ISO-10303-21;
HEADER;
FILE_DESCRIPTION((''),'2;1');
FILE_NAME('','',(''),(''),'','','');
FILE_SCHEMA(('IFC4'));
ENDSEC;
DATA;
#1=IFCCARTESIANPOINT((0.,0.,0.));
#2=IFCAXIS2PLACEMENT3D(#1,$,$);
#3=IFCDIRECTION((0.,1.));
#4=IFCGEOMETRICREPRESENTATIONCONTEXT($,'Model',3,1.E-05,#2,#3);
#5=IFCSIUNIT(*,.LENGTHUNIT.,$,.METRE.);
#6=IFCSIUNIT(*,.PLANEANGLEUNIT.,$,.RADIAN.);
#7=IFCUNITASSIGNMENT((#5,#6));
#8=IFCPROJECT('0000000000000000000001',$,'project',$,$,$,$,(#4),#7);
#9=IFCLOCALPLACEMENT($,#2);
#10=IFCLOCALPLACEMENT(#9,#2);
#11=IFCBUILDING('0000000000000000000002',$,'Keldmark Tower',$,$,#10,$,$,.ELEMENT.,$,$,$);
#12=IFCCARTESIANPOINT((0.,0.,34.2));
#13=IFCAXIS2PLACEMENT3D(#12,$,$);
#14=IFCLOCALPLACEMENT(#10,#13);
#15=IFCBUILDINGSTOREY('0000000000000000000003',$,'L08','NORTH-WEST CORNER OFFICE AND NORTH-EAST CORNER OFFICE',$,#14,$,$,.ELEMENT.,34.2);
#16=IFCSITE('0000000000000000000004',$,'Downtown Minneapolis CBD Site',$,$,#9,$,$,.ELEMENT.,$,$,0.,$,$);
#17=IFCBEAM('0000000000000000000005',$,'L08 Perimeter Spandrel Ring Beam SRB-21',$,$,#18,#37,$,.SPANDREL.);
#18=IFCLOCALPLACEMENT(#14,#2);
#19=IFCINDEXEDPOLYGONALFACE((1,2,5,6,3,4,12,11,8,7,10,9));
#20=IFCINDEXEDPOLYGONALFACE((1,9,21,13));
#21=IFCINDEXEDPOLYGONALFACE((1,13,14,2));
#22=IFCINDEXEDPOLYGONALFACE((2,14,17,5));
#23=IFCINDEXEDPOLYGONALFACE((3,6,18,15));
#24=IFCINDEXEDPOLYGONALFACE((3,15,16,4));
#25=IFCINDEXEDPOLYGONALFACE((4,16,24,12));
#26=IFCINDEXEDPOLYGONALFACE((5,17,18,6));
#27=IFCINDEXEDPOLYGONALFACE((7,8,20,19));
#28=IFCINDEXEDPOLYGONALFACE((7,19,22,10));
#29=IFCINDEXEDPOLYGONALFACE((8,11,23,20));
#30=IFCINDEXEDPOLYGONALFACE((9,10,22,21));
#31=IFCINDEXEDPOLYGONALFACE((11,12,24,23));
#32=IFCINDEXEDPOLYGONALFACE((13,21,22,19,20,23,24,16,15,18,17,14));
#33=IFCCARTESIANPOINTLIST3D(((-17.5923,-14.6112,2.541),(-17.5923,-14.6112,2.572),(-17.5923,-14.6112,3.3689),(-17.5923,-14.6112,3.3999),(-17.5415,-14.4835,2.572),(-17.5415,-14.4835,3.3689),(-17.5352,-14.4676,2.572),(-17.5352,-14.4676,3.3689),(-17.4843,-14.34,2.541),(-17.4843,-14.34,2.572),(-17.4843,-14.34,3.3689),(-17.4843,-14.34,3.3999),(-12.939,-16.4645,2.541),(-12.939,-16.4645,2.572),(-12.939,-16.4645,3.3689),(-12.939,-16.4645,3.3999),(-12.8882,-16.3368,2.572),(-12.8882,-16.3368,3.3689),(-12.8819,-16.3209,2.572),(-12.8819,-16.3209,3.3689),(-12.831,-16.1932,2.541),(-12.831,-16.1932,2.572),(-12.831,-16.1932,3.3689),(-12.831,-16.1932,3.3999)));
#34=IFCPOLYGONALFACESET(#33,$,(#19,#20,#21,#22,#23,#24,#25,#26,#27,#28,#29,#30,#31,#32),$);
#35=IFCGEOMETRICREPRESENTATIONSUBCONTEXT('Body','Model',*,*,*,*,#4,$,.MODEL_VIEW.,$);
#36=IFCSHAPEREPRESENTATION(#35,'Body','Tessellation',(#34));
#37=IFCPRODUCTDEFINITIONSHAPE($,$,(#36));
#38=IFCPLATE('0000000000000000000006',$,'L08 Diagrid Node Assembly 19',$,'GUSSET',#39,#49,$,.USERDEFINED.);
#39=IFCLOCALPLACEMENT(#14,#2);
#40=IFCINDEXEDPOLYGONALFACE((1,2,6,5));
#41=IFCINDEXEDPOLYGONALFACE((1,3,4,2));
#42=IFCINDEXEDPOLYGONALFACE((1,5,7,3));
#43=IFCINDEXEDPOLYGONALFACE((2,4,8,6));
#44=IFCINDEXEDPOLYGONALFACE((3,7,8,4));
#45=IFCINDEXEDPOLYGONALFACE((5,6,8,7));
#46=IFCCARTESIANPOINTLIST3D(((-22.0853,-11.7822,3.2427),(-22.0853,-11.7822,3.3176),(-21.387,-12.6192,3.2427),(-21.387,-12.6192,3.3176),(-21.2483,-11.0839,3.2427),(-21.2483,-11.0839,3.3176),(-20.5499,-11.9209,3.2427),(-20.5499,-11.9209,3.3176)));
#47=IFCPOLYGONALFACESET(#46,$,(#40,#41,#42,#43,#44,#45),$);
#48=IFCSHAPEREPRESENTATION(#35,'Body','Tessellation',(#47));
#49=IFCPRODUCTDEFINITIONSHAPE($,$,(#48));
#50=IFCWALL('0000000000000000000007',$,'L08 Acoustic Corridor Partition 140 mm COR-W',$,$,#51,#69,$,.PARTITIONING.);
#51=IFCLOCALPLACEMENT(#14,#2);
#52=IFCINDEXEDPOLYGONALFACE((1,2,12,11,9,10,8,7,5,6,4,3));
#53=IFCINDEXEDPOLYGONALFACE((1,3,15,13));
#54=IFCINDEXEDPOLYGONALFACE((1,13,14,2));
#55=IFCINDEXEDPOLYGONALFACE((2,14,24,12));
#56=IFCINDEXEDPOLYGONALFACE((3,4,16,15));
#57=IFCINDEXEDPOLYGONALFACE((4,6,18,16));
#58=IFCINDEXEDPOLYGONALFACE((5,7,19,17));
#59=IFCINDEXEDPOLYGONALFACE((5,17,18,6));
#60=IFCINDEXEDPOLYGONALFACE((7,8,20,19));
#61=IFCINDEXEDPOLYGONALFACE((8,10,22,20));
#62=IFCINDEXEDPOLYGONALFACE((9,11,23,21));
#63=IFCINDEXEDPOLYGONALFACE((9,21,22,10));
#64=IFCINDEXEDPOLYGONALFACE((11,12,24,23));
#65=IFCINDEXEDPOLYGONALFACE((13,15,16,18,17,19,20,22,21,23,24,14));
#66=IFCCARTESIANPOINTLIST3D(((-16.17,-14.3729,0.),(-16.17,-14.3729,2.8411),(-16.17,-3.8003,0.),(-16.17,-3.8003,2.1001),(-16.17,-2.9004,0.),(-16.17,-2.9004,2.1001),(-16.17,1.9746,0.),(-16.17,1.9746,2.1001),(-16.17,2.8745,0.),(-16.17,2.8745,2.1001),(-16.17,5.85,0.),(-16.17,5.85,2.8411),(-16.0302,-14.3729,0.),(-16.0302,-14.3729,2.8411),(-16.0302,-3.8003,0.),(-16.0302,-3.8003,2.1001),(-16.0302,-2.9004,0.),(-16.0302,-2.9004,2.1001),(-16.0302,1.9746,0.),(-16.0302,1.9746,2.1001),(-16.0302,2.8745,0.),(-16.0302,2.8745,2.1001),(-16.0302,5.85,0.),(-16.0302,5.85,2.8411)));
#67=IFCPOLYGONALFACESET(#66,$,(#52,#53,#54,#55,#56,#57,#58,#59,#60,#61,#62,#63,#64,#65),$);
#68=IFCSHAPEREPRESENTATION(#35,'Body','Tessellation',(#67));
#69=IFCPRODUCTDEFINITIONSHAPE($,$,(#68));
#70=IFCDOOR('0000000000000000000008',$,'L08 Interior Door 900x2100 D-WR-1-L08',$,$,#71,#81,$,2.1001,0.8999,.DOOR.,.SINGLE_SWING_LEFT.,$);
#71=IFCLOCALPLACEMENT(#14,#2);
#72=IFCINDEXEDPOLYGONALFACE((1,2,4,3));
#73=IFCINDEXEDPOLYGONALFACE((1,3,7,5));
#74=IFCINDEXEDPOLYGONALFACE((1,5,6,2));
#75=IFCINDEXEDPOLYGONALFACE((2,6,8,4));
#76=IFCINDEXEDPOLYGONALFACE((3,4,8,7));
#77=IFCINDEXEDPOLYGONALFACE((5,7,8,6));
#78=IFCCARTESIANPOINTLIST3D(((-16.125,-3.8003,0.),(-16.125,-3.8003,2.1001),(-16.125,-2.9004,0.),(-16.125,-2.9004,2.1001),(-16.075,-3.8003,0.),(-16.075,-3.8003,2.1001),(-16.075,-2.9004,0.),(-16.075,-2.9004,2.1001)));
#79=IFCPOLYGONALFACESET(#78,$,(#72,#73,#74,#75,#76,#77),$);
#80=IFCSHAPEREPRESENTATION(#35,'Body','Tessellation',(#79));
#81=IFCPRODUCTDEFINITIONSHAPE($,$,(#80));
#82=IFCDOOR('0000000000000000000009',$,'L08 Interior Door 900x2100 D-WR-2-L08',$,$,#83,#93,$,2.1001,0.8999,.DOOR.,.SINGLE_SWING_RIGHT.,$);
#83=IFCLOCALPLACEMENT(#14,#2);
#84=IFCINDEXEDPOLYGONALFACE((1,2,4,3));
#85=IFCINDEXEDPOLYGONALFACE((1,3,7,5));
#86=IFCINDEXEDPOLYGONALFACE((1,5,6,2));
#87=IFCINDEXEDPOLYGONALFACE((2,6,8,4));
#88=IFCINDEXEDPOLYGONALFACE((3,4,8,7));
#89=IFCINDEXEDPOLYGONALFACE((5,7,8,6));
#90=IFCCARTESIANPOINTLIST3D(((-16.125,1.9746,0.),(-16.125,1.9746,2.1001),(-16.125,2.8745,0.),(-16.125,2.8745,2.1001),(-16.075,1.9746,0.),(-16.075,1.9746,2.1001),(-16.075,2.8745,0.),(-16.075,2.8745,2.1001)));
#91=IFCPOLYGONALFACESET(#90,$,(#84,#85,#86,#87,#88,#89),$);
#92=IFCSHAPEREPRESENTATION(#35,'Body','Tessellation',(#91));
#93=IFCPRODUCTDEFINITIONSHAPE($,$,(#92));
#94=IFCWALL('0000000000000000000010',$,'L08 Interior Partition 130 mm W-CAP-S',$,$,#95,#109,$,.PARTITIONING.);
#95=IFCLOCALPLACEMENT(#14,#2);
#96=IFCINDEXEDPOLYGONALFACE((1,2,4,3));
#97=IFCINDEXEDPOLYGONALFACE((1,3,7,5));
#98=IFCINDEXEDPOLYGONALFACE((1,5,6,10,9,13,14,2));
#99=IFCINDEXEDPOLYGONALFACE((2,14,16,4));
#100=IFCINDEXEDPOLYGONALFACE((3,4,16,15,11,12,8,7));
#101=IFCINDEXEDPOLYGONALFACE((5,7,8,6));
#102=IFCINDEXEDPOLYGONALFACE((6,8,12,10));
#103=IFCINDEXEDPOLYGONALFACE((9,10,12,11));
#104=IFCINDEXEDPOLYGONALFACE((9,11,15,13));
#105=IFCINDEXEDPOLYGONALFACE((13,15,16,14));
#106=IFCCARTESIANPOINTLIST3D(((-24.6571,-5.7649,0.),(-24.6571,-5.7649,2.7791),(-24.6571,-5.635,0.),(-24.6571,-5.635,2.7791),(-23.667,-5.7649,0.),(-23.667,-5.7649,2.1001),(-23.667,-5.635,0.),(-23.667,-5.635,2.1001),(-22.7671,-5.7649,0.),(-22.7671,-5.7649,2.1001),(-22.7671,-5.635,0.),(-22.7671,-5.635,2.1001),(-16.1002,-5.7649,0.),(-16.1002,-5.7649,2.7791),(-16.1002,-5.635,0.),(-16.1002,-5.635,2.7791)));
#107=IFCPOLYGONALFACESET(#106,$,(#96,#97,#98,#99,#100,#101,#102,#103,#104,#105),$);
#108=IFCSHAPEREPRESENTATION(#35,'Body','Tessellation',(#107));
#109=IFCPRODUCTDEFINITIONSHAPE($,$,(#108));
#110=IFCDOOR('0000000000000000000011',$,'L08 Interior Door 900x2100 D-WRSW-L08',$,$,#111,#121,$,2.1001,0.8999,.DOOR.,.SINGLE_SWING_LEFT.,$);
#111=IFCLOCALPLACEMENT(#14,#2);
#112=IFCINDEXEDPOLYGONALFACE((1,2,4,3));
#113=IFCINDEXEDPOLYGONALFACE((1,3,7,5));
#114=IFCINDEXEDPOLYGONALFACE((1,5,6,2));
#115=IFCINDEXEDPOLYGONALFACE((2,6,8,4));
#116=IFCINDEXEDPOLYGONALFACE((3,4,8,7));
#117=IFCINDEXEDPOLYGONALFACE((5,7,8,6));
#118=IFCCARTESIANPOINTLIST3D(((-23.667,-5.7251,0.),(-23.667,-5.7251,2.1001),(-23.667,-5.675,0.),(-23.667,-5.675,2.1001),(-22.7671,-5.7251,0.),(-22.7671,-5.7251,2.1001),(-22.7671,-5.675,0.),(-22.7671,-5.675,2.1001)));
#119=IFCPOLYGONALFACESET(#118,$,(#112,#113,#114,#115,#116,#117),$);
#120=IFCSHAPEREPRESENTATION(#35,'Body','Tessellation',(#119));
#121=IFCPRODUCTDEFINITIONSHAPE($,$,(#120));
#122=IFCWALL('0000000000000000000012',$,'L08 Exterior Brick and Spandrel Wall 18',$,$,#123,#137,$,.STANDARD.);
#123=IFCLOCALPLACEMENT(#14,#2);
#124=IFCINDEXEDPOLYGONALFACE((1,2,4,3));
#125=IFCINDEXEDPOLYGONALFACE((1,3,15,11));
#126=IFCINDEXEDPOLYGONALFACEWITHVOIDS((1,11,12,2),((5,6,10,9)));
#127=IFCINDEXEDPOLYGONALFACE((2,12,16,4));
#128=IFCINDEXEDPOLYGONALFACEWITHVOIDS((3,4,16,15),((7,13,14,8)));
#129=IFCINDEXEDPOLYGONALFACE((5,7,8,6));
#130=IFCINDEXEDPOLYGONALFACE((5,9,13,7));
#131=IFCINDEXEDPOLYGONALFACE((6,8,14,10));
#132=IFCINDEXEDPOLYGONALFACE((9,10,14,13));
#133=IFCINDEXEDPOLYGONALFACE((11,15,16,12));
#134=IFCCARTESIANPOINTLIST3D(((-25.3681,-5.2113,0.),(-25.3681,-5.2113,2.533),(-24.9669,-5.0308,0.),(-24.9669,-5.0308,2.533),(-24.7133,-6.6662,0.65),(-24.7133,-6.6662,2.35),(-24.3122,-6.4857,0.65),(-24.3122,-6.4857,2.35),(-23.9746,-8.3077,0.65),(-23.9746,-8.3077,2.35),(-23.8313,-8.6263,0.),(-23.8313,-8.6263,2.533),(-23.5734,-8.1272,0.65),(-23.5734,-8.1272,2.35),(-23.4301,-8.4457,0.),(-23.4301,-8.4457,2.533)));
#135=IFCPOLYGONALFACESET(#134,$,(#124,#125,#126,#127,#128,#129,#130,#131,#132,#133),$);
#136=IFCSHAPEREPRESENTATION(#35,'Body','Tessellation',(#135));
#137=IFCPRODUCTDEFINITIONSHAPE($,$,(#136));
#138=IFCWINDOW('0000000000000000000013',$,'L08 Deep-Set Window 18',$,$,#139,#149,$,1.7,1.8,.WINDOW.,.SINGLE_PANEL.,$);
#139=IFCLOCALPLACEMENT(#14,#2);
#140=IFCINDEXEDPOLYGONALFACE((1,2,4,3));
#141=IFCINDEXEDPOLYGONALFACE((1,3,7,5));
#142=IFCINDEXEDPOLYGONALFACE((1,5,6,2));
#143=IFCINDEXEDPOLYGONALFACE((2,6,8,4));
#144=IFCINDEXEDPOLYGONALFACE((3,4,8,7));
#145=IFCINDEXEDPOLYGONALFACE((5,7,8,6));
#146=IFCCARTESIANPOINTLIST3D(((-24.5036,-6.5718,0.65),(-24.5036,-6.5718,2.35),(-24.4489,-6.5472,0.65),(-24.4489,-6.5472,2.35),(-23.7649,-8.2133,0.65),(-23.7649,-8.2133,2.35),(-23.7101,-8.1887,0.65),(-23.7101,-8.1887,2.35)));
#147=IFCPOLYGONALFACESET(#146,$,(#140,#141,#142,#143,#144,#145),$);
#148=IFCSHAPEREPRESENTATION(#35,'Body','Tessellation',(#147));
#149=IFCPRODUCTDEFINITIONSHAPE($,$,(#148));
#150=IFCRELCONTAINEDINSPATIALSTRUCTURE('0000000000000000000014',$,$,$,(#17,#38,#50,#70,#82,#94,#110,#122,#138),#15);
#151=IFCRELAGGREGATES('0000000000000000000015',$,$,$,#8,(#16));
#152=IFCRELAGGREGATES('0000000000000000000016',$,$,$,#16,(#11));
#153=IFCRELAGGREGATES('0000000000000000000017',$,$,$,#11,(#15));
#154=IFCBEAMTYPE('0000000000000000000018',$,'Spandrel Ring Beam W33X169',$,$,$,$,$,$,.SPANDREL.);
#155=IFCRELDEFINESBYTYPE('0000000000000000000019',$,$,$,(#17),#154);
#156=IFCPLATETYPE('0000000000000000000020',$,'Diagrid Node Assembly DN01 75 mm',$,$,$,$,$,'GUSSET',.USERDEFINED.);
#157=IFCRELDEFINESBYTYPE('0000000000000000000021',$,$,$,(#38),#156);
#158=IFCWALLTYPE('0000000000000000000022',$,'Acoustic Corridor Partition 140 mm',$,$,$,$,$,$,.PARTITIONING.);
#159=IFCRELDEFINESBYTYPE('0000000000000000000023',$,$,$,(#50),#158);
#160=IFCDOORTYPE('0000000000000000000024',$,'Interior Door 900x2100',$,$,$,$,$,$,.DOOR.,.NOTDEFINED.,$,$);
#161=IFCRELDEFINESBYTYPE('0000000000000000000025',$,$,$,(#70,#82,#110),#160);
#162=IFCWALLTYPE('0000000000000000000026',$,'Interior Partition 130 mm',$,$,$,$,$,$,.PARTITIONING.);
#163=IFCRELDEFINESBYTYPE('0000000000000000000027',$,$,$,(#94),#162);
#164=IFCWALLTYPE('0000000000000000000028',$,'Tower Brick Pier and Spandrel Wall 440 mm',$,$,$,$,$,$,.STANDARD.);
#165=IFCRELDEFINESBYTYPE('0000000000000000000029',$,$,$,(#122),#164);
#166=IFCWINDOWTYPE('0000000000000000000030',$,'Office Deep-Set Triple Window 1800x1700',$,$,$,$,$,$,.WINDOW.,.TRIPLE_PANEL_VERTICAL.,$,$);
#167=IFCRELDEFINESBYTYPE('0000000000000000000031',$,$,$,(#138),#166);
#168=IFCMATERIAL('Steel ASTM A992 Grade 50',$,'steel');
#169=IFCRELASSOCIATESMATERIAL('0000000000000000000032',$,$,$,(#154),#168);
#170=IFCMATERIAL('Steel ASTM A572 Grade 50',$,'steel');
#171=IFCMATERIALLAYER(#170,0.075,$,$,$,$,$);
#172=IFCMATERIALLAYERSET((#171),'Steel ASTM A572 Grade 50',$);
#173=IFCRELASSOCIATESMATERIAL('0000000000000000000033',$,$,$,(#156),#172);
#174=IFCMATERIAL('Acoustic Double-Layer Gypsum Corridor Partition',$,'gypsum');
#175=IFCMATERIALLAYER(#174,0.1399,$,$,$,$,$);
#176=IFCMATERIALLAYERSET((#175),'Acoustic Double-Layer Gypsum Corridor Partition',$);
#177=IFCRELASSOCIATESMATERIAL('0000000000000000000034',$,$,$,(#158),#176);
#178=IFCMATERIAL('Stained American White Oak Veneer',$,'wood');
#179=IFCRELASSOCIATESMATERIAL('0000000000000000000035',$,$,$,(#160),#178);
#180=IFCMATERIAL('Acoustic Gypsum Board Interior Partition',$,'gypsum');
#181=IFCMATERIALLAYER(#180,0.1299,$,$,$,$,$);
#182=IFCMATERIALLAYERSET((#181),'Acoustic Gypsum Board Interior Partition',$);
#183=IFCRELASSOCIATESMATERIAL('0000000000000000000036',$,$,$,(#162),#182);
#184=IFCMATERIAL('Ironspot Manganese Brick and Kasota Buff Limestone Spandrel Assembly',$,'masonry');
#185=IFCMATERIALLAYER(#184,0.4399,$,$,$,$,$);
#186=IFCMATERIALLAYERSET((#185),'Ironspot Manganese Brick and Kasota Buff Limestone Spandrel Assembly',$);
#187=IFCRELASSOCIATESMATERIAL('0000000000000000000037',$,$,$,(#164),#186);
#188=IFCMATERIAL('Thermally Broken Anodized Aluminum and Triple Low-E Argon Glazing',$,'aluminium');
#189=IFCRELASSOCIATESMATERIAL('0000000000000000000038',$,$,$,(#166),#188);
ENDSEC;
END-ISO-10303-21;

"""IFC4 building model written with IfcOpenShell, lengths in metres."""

from ifc_helpers import new_model, si_unit, direction, frame, frame_2d, origin, origin_2d, place, context, subcontext, project, spatial, rectangle, i_section, extrude, material, layer, layer_set, material_profile, profile_set, type_object, element, fill, save


model = new_model("IFC4")

# Units and contexts
model_context = context("Model", 3, precision=1e-05, world=origin(), true_north=direction((0.0, 1.0)))
body_context = subcontext(model_context, "Body", "Model", "MODEL_VIEW")
ifc_project = project(units=[si_unit("LENGTHUNIT", "METRE"), si_unit("PLANEANGLEUNIT", "RADIAN")], contexts=[model_context])

# Site, building, storey
site_placement = place(None, origin())
site = spatial("IfcSite", under=ifc_project, at=site_placement, Name="Downtown Minneapolis CBD Site", CompositionType="ELEMENT", RefElevation=0.0)
building_placement = place(site_placement, origin())
building = spatial("IfcBuilding", under=site, at=building_placement, Name="Keldmark Tower", CompositionType="ELEMENT")
storey_placement = place(building_placement, frame((0.0, 0.0, 34.2)))
storey = spatial("IfcBuildingStorey", under=building, at=storey_placement, Name="L08", Description="NORTH-WEST CORNER OFFICE AND NORTH-EAST CORNER OFFICE", CompositionType="ELEMENT", Elevation=34.2)

# Beam
ifc_material_1 = material(Name="Steel ASTM A992 Grade 50", Category="steel")
ifc_material_profile_1 = material_profile(ifc_material_1, i_section(OverallWidth=0.292, OverallDepth=0.8589, WebThickness=0.0171, FlangeThickness=0.031, at=origin_2d()), Name="W33X169")
ifc_profile_set_1 = profile_set([ifc_material_profile_1], Name="Steel ASTM A992 Grade 50")
beam_type_1 = type_object("IfcBeamType", Name="Spandrel Ring Beam W33X169", PredefinedType="SPANDREL", material=ifc_profile_set_1)
beam_1_placement = place(storey_placement, frame((-17.5383, -14.4756, 2.9705), z_axis=(0.92903, -0.370004, 0.0), x_axis=(0.370004, 0.92903, 0.0)))
element("IfcBeam", 1, at=beam_1_placement, inside=storey, type_object=beam_type_1, Name="L08 Perimeter Spandrel Ring Beam SRB-21", PredefinedType="SPANDREL", context=body_context, shape_type="SweptSolid", body=[
    extrude(i_section(OverallWidth=0.292, OverallDepth=0.8589, WebThickness=0.0171, FlangeThickness=0.031, at=origin_2d()), origin(), (0.0, 0.0, 1.0), 5.0088),
])

# Plate
ifc_material_2 = material(Name="Steel ASTM A572 Grade 50", Category="steel")
ifc_layer_1 = layer(ifc_material_2, 0.075)
ifc_layer_set_1 = layer_set([ifc_layer_1], Name="Steel ASTM A572 Grade 50")
plate_type = type_object("IfcPlateType", Name="Diagrid Node Assembly DN01 75 mm", ElementType="GUSSET", PredefinedType="USERDEFINED", material=ifc_layer_set_1)
plate_placement = place(storey_placement, frame((-21.3176, -11.8516, 3.2427), z_axis=(0.0, 0.0, 1.0), x_axis=(0.640646, -0.767836, 0.0)))
element("IfcPlate", 2, at=plate_placement, inside=storey, type_object=plate_type, Name="L08 Diagrid Node Assembly 19", ObjectType="GUSSET", PredefinedType="USERDEFINED", context=body_context, shape_type="SweptSolid", body=[
    extrude(rectangle(XDim=1.0901, YDim=1.0901, at=origin_2d()), origin(), (0.0, 0.0, 1.0), 0.075),
])

# Wall, openings, doors
ifc_material_3 = material(Name="Acoustic Double-Layer Gypsum Corridor Partition", Category="gypsum")
ifc_layer_2 = layer(ifc_material_3, 0.1399)
ifc_layer_set_2 = layer_set([ifc_layer_2], Name="Acoustic Double-Layer Gypsum Corridor Partition")
wall_type_1 = type_object("IfcWallType", Name="Acoustic Corridor Partition 140 mm", PredefinedType="PARTITIONING", material=ifc_layer_set_2)
wall_1_placement = place(storey_placement, frame((-16.1001, -14.3728, 0.0), z_axis=(0.0, 0.0, 1.0), x_axis=(0.0, 1.0, 0.0)))
wall_1 = element("IfcWall", 3, at=wall_1_placement, inside=storey, type_object=wall_type_1, Name="L08 Acoustic Corridor Partition 140 mm COR-W", PredefinedType="PARTITIONING", context=body_context, shape_type="SweptSolid", body=[
    extrude(rectangle(XDim=20.2229, YDim=0.1399, at=frame_2d((10.1113, 0.0))), origin(), (0.0, 0.0, 1.0), 2.8411),
])
opening_1_placement = place(wall_1_placement, frame((10.5725, 0.0, 0.0)))
opening_1 = element("IfcOpeningElement", 4, at=opening_1_placement, cuts=wall_1, PredefinedType="OPENING", context=body_context, shape_type="SweptSolid", body=[
    extrude(rectangle(XDim=0.8999, YDim=2.1001, at=frame_2d((0.45, 1.05))), frame((0.0, 0.0798, 0.0), z_axis=(0.0, -1.0, 0.0), x_axis=(1.0, 0.0, 0.0)), (0.0, 0.0, 1.0), 0.1599),
])
opening_2_placement = place(wall_1_placement, frame((16.3474, 0.0, 0.0)))
opening_2 = element("IfcOpeningElement", 5, at=opening_2_placement, cuts=wall_1, PredefinedType="OPENING", context=body_context, shape_type="SweptSolid", body=[
    extrude(rectangle(XDim=0.8999, YDim=2.1001, at=frame_2d((0.45, 1.05))), frame((0.0, 0.0798, 0.0), z_axis=(0.0, -1.0, 0.0), x_axis=(1.0, 0.0, 0.0)), (0.0, 0.0, 1.0), 0.1599),
])
ifc_material_4 = material(Name="Stained American White Oak Veneer", Category="wood")
door_type = type_object("IfcDoorType", Name="Interior Door 900x2100", OperationType="NOTDEFINED", PredefinedType="DOOR", material=ifc_material_4)
door_1_placement = place(opening_1_placement, origin())
door_1 = element("IfcDoor", 6, at=door_1_placement, inside=storey, type_object=door_type, Name="L08 Interior Door 900x2100 D-WR-1-L08", OperationType="SINGLE_SWING_LEFT", OverallHeight=2.1001, OverallWidth=0.8999, PredefinedType="DOOR", context=body_context, shape_type="SweptSolid", body=[
    extrude(rectangle(XDim=0.8999, YDim=2.1001, at=frame_2d((0.45, 1.05))), frame((0.0, 0.0249, 0.0), z_axis=(0.0, -1.0, 0.0), x_axis=(1.0, 0.0, 0.0)), (0.0, 0.0, 1.0), 0.05),
])
fill(opening_1, door_1)
door_2_placement = place(opening_2_placement, origin())
door_2 = element("IfcDoor", 7, at=door_2_placement, inside=storey, type_object=door_type, Name="L08 Interior Door 900x2100 D-WR-2-L08", OperationType="SINGLE_SWING_RIGHT", OverallHeight=2.1001, OverallWidth=0.8999, PredefinedType="DOOR", context=body_context, shape_type="SweptSolid", body=[
    extrude(rectangle(XDim=0.8999, YDim=2.1001, at=frame_2d((0.45, 1.05))), frame((0.0, 0.0249, 0.0), z_axis=(0.0, -1.0, 0.0), x_axis=(1.0, 0.0, 0.0)), (0.0, 0.0, 1.0), 0.05),
])
fill(opening_2, door_2)

# Wall, opening, door
ifc_material_5 = material(Name="Acoustic Gypsum Board Interior Partition", Category="gypsum")
ifc_layer_3 = layer(ifc_material_5, 0.1299)
ifc_layer_set_3 = layer_set([ifc_layer_3], Name="Acoustic Gypsum Board Interior Partition")
wall_type_2 = type_object("IfcWallType", Name="Interior Partition 130 mm", PredefinedType="PARTITIONING", material=ifc_layer_set_3)
wall_2_placement = place(storey_placement, frame((-24.657, -5.7, 0.0), z_axis=(0.0, 0.0, 1.0), x_axis=(1.0, 0.0, 0.0)))
wall_2 = element("IfcWall", 8, at=wall_2_placement, inside=storey, type_object=wall_type_2, Name="L08 Interior Partition 130 mm W-CAP-S", PredefinedType="PARTITIONING", context=body_context, shape_type="SweptSolid", body=[
    extrude(rectangle(XDim=8.5569, YDim=0.1299, at=frame_2d((4.2783, 0.0))), origin(), (0.0, 0.0, 1.0), 2.7791),
])
opening_3_placement = place(wall_2_placement, frame((0.99, 0.0, 0.0)))
opening_3 = element("IfcOpeningElement", 9, at=opening_3_placement, cuts=wall_2, PredefinedType="OPENING", context=body_context, shape_type="SweptSolid", body=[
    extrude(rectangle(XDim=0.8999, YDim=2.1001, at=frame_2d((0.45, 1.05))), frame((0.0, 0.075, 0.0), z_axis=(0.0, -1.0, 0.0), x_axis=(1.0, 0.0, 0.0)), (0.0, 0.0, 1.0), 0.1499),
])
door_3_placement = place(opening_3_placement, origin())
door_3 = element("IfcDoor", 10, at=door_3_placement, inside=storey, type_object=door_type, Name="L08 Interior Door 900x2100 D-WRSW-L08", OperationType="SINGLE_SWING_LEFT", OverallHeight=2.1001, OverallWidth=0.8999, PredefinedType="DOOR", context=body_context, shape_type="SweptSolid", body=[
    extrude(rectangle(XDim=0.8999, YDim=2.1001, at=frame_2d((0.45, 1.05))), frame((0.0, 0.0249, 0.0), z_axis=(0.0, -1.0, 0.0), x_axis=(1.0, 0.0, 0.0)), (0.0, 0.0, 1.0), 0.05),
])
fill(opening_3, door_3)

# Wall, opening, window
ifc_material_6 = material(Name="Ironspot Manganese Brick and Kasota Buff Limestone Spandrel Assembly", Category="masonry")
ifc_layer_4 = layer(ifc_material_6, 0.4399)
ifc_layer_set_4 = layer_set([ifc_layer_4], Name="Ironspot Manganese Brick and Kasota Buff Limestone Spandrel Assembly")
wall_type_3 = type_object("IfcWallType", Name="Tower Brick Pier and Spandrel Wall 440 mm", PredefinedType="STANDARD", material=ifc_layer_set_4)
wall_3_placement = place(storey_placement, frame((-23.6306, -8.5361, 0.0), z_axis=(0.0, 0.0, 1.0), x_axis=(-0.410386, 0.911912, 0.0)))
wall_3 = element("IfcWall", 11, at=wall_3_placement, inside=storey, type_object=wall_type_3, Name="L08 Exterior Brick and Spandrel Wall 18", PredefinedType="STANDARD", context=body_context, shape_type="SweptSolid", body=[
    extrude(rectangle(XDim=3.7449, YDim=0.4399, at=frame_2d((1.8726, 0.0))), origin(), (0.0, 0.0, 1.0), 2.533),
])
opening_4_placement = place(wall_3_placement, frame((0.3496, 0.0, 0.6499)))
opening_4 = element("IfcOpeningElement", 12, at=opening_4_placement, cuts=wall_3, PredefinedType="OPENING", context=body_context, shape_type="SweptSolid", body=[
    extrude(rectangle(XDim=1.8, YDim=1.7, at=frame_2d((0.8999, 0.8501))), frame((0.0, 0.23, 0.0), z_axis=(0.0, -1.0, 0.0), x_axis=(1.0, 0.0, 0.0)), (0.0, 0.0, 1.0), 0.46),
])
ifc_material_7 = material(Name="Thermally Broken Anodized Aluminum and Triple Low-E Argon Glazing", Category="aluminium")
window_type = type_object("IfcWindowType", Name="Office Deep-Set Triple Window 1800x1700", PartitioningType="TRIPLE_PANEL_VERTICAL", PredefinedType="WINDOW", material=ifc_material_7)
window_1_placement = place(opening_4_placement, origin())
window_1 = element("IfcWindow", 13, at=window_1_placement, inside=storey, type_object=window_type, Name="L08 Deep-Set Window 18", OverallHeight=1.7, OverallWidth=1.8, PartitioningType="SINGLE_PANEL", PredefinedType="WINDOW", context=body_context, shape_type="SweptSolid", body=[
    extrude(rectangle(XDim=1.8, YDim=1.7, at=frame_2d((0.8999, 0.8501))), frame((0.0, -0.01, 0.0), z_axis=(0.0, -1.0, 0.0), x_axis=(1.0, 0.0, 0.0)), (0.0, 0.0, 1.0), 0.0601),
])
fill(opening_4, window_1)

save(model, "model.ifc")
